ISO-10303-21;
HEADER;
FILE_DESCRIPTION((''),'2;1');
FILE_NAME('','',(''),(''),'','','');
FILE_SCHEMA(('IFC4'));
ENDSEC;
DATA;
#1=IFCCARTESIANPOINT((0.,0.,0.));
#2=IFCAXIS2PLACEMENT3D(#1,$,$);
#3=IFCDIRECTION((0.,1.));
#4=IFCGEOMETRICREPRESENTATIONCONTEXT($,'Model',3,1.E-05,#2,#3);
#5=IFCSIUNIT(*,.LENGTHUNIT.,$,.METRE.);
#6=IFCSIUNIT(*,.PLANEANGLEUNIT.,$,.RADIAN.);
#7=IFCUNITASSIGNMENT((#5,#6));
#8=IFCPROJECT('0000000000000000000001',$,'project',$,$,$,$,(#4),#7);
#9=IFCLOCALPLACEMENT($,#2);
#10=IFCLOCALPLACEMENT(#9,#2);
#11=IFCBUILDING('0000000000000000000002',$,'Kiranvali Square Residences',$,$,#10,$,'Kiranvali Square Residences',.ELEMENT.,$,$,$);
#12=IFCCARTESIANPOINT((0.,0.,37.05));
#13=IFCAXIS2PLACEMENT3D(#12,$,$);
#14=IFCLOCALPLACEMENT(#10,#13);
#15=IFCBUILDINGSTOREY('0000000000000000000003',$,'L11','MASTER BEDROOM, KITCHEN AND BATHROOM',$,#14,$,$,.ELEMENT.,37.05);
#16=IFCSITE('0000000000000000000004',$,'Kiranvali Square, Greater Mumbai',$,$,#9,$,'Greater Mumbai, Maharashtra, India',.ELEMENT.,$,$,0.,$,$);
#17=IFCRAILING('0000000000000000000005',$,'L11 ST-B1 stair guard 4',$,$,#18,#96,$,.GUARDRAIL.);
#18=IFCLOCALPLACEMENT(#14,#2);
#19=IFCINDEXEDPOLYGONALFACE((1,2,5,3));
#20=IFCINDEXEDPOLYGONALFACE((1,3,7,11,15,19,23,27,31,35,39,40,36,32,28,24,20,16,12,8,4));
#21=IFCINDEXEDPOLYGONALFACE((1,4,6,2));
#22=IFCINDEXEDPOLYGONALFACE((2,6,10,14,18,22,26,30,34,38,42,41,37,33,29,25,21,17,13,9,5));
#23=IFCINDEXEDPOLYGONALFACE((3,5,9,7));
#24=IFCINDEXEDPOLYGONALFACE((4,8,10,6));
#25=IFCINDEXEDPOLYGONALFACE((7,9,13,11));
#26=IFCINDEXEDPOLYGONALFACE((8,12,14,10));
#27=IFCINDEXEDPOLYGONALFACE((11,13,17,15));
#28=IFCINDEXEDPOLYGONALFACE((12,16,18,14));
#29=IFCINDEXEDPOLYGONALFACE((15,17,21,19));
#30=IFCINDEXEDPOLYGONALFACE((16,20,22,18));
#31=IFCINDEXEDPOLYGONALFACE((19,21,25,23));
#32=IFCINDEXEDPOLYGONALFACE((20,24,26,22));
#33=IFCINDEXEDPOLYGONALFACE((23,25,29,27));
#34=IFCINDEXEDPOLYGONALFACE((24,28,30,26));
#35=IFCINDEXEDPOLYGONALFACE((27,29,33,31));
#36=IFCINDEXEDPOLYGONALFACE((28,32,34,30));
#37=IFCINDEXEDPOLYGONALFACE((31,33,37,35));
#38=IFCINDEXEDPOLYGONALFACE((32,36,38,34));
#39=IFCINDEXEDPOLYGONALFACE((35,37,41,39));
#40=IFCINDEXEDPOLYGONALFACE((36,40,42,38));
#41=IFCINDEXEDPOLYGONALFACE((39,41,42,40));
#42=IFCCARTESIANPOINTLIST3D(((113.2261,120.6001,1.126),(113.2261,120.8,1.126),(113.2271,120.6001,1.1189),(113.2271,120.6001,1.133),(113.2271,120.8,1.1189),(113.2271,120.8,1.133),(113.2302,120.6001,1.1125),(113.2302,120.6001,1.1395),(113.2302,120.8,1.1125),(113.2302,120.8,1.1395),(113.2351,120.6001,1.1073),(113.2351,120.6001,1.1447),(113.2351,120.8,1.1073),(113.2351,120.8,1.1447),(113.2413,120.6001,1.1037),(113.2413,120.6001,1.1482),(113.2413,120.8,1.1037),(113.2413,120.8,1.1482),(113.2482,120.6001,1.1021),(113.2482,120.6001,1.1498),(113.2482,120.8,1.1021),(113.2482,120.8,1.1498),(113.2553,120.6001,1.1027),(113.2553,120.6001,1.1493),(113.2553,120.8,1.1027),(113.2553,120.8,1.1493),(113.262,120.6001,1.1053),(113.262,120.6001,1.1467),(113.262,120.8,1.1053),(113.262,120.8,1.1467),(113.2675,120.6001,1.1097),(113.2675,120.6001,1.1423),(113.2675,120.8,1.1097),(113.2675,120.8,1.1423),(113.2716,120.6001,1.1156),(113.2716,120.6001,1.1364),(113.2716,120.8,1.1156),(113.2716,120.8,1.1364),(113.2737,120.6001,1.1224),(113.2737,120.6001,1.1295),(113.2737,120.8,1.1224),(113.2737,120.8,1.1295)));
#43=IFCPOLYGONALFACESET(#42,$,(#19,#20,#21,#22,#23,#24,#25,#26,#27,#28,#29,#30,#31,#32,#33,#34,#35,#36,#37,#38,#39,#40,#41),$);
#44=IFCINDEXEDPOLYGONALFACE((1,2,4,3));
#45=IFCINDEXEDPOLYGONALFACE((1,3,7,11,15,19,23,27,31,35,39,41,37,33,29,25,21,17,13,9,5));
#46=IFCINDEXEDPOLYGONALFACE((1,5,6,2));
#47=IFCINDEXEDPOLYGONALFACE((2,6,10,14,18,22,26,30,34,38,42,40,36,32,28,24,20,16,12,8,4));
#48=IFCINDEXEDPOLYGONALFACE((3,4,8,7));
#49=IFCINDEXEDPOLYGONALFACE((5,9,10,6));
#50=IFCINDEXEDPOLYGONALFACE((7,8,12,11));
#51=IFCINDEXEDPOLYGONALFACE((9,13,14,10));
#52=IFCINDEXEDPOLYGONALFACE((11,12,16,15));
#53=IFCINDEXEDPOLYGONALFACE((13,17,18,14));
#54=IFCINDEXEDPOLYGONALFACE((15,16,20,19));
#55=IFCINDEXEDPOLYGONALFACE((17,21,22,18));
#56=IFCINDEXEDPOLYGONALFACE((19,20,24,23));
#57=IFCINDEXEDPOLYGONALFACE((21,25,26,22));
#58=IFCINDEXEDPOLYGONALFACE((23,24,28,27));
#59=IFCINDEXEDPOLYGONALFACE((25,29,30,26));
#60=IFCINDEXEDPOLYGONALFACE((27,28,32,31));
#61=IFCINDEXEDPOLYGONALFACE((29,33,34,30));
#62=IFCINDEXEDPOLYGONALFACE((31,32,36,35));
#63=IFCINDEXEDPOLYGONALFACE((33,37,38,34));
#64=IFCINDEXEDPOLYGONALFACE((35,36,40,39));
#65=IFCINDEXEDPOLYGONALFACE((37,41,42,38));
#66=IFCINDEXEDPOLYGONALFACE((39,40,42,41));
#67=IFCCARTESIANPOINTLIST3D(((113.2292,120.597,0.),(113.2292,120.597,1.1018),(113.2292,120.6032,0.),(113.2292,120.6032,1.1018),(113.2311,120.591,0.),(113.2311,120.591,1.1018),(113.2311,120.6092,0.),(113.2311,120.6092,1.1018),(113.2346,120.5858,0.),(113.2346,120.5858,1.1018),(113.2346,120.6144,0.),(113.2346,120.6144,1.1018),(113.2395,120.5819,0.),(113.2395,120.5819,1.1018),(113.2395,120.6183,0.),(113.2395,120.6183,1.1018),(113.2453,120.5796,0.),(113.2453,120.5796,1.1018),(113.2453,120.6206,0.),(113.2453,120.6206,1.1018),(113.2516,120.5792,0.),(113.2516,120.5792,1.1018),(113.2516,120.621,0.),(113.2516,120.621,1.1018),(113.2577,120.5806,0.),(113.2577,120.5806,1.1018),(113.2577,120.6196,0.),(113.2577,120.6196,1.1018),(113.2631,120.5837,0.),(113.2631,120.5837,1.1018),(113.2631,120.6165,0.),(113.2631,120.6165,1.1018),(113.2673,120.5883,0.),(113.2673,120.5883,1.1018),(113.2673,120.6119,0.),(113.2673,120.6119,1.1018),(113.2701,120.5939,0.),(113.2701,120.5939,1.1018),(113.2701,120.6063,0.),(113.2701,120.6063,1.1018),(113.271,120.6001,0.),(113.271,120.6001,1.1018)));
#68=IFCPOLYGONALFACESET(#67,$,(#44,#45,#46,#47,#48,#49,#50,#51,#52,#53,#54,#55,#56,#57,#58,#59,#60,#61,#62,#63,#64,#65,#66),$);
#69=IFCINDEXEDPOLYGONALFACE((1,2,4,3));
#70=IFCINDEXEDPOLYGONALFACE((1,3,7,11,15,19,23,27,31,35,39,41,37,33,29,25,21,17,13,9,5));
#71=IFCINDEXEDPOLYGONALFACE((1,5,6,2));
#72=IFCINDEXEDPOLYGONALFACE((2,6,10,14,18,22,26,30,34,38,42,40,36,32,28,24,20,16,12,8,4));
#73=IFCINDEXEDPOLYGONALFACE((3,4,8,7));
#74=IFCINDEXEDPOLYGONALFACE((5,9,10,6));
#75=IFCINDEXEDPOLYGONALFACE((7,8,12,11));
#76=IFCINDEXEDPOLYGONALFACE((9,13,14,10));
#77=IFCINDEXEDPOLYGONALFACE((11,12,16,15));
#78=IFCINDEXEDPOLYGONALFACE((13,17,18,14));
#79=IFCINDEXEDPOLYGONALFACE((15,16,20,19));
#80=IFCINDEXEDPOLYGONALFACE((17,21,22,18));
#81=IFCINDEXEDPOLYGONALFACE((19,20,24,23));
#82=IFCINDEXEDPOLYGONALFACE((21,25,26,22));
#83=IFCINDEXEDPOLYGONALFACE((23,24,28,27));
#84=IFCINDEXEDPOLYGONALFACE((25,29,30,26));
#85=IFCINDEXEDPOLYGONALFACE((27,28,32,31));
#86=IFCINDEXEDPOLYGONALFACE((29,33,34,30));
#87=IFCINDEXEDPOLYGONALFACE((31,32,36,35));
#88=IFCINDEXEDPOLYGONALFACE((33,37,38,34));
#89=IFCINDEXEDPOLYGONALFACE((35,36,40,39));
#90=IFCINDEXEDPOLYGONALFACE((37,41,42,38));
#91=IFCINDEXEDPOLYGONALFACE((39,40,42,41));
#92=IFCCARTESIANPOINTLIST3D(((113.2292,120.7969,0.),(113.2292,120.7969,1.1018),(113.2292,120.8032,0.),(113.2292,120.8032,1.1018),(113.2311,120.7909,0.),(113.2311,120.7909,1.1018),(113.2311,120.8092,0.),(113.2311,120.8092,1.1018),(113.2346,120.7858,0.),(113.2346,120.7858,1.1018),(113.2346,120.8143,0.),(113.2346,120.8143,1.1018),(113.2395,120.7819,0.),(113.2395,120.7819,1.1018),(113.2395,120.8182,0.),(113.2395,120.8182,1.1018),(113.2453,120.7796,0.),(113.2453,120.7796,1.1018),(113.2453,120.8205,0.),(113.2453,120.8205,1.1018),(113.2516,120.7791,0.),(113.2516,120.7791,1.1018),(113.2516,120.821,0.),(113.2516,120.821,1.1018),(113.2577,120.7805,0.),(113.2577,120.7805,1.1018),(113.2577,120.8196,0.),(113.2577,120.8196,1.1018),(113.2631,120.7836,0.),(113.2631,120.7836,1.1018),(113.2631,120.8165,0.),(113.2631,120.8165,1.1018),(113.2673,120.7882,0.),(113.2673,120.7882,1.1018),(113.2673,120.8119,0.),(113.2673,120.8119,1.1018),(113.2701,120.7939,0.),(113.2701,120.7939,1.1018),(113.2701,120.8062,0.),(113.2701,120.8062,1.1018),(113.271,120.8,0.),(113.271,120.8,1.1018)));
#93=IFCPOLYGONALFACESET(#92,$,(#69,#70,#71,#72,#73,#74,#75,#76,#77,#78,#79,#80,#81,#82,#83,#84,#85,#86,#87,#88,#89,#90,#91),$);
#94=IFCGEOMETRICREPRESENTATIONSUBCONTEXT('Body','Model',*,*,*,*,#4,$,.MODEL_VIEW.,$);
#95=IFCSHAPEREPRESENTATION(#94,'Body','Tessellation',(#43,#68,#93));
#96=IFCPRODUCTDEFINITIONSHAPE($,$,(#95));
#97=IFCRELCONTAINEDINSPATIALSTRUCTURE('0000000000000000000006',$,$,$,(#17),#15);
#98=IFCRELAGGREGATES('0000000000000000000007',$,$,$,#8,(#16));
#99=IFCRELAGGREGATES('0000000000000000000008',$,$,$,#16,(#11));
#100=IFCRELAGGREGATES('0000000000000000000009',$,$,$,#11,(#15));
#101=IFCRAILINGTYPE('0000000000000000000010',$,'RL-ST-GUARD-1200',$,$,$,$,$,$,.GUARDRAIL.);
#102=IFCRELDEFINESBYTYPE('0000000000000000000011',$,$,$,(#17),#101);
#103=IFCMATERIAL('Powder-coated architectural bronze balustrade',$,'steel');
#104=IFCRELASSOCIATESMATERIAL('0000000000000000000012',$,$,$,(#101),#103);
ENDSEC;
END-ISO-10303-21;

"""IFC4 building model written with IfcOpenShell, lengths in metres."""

from ifc_helpers import new_model, si_unit, direction, frame, origin, origin_2d, place, context, subcontext, project, spatial, circle, extrude, material, type_object, element, save


model = new_model("IFC4")

# Units and contexts
model_context = context("Model", 3, precision=1e-05, world=origin(), true_north=direction((0.0, 1.0)))
body_context = subcontext(model_context, "Body", "Model", "MODEL_VIEW")
ifc_project = project(units=[si_unit("LENGTHUNIT", "METRE"), si_unit("PLANEANGLEUNIT", "RADIAN")], contexts=[model_context])

# Site, building, storey
site_placement = place(None, origin())
site = spatial("IfcSite", under=ifc_project, at=site_placement, Name="Kiranvali Square, Greater Mumbai", LongName="Greater Mumbai, Maharashtra, India", CompositionType="ELEMENT", RefElevation=0.0)
building_placement = place(site_placement, origin())
building = spatial("IfcBuilding", under=site, at=building_placement, Name="Kiranvali Square Residences", LongName="Kiranvali Square Residences", CompositionType="ELEMENT")
storey_placement = place(building_placement, frame((0.0, 0.0, 37.05)))
storey = spatial("IfcBuildingStorey", under=building, at=storey_placement, Name="L11", Description="MASTER BEDROOM, KITCHEN AND BATHROOM", CompositionType="ELEMENT", Elevation=37.05)

# Railing
ifc_material_1 = material(Name="Powder-coated architectural bronze balustrade", Category="steel")
railing_type_1 = type_object("IfcRailingType", Name="RL-ST-GUARD-1200", PredefinedType="GUARDRAIL", material=ifc_material_1)
railing_1_placement = place(storey_placement, frame((113.25, 120.6001, 0.0)))
element("IfcRailing", 1, at=railing_1_placement, inside=storey, type_object=railing_type_1, Name="L11 ST-B1 stair guard 4", PredefinedType="GUARDRAIL", context=body_context, shape_type="SweptSolid", body=[
    extrude(circle(Radius=0.0239, at=origin_2d()), frame((0.0, 0.0, 1.126), z_axis=(0.0, 1.0, 0.0), x_axis=(-1.0, 0.0, 0.0)), (0.0, 0.0, 1.0), 0.2),
    extrude(circle(Radius=0.021, at=origin_2d()), origin(), (0.0, 0.0, 1.0), 1.1018),
    extrude(circle(Radius=0.021, at=origin_2d()), frame((0.0, 0.2, 0.0)), (0.0, 0.0, 1.0), 1.1018),
])

save(model, "model.ifc")
